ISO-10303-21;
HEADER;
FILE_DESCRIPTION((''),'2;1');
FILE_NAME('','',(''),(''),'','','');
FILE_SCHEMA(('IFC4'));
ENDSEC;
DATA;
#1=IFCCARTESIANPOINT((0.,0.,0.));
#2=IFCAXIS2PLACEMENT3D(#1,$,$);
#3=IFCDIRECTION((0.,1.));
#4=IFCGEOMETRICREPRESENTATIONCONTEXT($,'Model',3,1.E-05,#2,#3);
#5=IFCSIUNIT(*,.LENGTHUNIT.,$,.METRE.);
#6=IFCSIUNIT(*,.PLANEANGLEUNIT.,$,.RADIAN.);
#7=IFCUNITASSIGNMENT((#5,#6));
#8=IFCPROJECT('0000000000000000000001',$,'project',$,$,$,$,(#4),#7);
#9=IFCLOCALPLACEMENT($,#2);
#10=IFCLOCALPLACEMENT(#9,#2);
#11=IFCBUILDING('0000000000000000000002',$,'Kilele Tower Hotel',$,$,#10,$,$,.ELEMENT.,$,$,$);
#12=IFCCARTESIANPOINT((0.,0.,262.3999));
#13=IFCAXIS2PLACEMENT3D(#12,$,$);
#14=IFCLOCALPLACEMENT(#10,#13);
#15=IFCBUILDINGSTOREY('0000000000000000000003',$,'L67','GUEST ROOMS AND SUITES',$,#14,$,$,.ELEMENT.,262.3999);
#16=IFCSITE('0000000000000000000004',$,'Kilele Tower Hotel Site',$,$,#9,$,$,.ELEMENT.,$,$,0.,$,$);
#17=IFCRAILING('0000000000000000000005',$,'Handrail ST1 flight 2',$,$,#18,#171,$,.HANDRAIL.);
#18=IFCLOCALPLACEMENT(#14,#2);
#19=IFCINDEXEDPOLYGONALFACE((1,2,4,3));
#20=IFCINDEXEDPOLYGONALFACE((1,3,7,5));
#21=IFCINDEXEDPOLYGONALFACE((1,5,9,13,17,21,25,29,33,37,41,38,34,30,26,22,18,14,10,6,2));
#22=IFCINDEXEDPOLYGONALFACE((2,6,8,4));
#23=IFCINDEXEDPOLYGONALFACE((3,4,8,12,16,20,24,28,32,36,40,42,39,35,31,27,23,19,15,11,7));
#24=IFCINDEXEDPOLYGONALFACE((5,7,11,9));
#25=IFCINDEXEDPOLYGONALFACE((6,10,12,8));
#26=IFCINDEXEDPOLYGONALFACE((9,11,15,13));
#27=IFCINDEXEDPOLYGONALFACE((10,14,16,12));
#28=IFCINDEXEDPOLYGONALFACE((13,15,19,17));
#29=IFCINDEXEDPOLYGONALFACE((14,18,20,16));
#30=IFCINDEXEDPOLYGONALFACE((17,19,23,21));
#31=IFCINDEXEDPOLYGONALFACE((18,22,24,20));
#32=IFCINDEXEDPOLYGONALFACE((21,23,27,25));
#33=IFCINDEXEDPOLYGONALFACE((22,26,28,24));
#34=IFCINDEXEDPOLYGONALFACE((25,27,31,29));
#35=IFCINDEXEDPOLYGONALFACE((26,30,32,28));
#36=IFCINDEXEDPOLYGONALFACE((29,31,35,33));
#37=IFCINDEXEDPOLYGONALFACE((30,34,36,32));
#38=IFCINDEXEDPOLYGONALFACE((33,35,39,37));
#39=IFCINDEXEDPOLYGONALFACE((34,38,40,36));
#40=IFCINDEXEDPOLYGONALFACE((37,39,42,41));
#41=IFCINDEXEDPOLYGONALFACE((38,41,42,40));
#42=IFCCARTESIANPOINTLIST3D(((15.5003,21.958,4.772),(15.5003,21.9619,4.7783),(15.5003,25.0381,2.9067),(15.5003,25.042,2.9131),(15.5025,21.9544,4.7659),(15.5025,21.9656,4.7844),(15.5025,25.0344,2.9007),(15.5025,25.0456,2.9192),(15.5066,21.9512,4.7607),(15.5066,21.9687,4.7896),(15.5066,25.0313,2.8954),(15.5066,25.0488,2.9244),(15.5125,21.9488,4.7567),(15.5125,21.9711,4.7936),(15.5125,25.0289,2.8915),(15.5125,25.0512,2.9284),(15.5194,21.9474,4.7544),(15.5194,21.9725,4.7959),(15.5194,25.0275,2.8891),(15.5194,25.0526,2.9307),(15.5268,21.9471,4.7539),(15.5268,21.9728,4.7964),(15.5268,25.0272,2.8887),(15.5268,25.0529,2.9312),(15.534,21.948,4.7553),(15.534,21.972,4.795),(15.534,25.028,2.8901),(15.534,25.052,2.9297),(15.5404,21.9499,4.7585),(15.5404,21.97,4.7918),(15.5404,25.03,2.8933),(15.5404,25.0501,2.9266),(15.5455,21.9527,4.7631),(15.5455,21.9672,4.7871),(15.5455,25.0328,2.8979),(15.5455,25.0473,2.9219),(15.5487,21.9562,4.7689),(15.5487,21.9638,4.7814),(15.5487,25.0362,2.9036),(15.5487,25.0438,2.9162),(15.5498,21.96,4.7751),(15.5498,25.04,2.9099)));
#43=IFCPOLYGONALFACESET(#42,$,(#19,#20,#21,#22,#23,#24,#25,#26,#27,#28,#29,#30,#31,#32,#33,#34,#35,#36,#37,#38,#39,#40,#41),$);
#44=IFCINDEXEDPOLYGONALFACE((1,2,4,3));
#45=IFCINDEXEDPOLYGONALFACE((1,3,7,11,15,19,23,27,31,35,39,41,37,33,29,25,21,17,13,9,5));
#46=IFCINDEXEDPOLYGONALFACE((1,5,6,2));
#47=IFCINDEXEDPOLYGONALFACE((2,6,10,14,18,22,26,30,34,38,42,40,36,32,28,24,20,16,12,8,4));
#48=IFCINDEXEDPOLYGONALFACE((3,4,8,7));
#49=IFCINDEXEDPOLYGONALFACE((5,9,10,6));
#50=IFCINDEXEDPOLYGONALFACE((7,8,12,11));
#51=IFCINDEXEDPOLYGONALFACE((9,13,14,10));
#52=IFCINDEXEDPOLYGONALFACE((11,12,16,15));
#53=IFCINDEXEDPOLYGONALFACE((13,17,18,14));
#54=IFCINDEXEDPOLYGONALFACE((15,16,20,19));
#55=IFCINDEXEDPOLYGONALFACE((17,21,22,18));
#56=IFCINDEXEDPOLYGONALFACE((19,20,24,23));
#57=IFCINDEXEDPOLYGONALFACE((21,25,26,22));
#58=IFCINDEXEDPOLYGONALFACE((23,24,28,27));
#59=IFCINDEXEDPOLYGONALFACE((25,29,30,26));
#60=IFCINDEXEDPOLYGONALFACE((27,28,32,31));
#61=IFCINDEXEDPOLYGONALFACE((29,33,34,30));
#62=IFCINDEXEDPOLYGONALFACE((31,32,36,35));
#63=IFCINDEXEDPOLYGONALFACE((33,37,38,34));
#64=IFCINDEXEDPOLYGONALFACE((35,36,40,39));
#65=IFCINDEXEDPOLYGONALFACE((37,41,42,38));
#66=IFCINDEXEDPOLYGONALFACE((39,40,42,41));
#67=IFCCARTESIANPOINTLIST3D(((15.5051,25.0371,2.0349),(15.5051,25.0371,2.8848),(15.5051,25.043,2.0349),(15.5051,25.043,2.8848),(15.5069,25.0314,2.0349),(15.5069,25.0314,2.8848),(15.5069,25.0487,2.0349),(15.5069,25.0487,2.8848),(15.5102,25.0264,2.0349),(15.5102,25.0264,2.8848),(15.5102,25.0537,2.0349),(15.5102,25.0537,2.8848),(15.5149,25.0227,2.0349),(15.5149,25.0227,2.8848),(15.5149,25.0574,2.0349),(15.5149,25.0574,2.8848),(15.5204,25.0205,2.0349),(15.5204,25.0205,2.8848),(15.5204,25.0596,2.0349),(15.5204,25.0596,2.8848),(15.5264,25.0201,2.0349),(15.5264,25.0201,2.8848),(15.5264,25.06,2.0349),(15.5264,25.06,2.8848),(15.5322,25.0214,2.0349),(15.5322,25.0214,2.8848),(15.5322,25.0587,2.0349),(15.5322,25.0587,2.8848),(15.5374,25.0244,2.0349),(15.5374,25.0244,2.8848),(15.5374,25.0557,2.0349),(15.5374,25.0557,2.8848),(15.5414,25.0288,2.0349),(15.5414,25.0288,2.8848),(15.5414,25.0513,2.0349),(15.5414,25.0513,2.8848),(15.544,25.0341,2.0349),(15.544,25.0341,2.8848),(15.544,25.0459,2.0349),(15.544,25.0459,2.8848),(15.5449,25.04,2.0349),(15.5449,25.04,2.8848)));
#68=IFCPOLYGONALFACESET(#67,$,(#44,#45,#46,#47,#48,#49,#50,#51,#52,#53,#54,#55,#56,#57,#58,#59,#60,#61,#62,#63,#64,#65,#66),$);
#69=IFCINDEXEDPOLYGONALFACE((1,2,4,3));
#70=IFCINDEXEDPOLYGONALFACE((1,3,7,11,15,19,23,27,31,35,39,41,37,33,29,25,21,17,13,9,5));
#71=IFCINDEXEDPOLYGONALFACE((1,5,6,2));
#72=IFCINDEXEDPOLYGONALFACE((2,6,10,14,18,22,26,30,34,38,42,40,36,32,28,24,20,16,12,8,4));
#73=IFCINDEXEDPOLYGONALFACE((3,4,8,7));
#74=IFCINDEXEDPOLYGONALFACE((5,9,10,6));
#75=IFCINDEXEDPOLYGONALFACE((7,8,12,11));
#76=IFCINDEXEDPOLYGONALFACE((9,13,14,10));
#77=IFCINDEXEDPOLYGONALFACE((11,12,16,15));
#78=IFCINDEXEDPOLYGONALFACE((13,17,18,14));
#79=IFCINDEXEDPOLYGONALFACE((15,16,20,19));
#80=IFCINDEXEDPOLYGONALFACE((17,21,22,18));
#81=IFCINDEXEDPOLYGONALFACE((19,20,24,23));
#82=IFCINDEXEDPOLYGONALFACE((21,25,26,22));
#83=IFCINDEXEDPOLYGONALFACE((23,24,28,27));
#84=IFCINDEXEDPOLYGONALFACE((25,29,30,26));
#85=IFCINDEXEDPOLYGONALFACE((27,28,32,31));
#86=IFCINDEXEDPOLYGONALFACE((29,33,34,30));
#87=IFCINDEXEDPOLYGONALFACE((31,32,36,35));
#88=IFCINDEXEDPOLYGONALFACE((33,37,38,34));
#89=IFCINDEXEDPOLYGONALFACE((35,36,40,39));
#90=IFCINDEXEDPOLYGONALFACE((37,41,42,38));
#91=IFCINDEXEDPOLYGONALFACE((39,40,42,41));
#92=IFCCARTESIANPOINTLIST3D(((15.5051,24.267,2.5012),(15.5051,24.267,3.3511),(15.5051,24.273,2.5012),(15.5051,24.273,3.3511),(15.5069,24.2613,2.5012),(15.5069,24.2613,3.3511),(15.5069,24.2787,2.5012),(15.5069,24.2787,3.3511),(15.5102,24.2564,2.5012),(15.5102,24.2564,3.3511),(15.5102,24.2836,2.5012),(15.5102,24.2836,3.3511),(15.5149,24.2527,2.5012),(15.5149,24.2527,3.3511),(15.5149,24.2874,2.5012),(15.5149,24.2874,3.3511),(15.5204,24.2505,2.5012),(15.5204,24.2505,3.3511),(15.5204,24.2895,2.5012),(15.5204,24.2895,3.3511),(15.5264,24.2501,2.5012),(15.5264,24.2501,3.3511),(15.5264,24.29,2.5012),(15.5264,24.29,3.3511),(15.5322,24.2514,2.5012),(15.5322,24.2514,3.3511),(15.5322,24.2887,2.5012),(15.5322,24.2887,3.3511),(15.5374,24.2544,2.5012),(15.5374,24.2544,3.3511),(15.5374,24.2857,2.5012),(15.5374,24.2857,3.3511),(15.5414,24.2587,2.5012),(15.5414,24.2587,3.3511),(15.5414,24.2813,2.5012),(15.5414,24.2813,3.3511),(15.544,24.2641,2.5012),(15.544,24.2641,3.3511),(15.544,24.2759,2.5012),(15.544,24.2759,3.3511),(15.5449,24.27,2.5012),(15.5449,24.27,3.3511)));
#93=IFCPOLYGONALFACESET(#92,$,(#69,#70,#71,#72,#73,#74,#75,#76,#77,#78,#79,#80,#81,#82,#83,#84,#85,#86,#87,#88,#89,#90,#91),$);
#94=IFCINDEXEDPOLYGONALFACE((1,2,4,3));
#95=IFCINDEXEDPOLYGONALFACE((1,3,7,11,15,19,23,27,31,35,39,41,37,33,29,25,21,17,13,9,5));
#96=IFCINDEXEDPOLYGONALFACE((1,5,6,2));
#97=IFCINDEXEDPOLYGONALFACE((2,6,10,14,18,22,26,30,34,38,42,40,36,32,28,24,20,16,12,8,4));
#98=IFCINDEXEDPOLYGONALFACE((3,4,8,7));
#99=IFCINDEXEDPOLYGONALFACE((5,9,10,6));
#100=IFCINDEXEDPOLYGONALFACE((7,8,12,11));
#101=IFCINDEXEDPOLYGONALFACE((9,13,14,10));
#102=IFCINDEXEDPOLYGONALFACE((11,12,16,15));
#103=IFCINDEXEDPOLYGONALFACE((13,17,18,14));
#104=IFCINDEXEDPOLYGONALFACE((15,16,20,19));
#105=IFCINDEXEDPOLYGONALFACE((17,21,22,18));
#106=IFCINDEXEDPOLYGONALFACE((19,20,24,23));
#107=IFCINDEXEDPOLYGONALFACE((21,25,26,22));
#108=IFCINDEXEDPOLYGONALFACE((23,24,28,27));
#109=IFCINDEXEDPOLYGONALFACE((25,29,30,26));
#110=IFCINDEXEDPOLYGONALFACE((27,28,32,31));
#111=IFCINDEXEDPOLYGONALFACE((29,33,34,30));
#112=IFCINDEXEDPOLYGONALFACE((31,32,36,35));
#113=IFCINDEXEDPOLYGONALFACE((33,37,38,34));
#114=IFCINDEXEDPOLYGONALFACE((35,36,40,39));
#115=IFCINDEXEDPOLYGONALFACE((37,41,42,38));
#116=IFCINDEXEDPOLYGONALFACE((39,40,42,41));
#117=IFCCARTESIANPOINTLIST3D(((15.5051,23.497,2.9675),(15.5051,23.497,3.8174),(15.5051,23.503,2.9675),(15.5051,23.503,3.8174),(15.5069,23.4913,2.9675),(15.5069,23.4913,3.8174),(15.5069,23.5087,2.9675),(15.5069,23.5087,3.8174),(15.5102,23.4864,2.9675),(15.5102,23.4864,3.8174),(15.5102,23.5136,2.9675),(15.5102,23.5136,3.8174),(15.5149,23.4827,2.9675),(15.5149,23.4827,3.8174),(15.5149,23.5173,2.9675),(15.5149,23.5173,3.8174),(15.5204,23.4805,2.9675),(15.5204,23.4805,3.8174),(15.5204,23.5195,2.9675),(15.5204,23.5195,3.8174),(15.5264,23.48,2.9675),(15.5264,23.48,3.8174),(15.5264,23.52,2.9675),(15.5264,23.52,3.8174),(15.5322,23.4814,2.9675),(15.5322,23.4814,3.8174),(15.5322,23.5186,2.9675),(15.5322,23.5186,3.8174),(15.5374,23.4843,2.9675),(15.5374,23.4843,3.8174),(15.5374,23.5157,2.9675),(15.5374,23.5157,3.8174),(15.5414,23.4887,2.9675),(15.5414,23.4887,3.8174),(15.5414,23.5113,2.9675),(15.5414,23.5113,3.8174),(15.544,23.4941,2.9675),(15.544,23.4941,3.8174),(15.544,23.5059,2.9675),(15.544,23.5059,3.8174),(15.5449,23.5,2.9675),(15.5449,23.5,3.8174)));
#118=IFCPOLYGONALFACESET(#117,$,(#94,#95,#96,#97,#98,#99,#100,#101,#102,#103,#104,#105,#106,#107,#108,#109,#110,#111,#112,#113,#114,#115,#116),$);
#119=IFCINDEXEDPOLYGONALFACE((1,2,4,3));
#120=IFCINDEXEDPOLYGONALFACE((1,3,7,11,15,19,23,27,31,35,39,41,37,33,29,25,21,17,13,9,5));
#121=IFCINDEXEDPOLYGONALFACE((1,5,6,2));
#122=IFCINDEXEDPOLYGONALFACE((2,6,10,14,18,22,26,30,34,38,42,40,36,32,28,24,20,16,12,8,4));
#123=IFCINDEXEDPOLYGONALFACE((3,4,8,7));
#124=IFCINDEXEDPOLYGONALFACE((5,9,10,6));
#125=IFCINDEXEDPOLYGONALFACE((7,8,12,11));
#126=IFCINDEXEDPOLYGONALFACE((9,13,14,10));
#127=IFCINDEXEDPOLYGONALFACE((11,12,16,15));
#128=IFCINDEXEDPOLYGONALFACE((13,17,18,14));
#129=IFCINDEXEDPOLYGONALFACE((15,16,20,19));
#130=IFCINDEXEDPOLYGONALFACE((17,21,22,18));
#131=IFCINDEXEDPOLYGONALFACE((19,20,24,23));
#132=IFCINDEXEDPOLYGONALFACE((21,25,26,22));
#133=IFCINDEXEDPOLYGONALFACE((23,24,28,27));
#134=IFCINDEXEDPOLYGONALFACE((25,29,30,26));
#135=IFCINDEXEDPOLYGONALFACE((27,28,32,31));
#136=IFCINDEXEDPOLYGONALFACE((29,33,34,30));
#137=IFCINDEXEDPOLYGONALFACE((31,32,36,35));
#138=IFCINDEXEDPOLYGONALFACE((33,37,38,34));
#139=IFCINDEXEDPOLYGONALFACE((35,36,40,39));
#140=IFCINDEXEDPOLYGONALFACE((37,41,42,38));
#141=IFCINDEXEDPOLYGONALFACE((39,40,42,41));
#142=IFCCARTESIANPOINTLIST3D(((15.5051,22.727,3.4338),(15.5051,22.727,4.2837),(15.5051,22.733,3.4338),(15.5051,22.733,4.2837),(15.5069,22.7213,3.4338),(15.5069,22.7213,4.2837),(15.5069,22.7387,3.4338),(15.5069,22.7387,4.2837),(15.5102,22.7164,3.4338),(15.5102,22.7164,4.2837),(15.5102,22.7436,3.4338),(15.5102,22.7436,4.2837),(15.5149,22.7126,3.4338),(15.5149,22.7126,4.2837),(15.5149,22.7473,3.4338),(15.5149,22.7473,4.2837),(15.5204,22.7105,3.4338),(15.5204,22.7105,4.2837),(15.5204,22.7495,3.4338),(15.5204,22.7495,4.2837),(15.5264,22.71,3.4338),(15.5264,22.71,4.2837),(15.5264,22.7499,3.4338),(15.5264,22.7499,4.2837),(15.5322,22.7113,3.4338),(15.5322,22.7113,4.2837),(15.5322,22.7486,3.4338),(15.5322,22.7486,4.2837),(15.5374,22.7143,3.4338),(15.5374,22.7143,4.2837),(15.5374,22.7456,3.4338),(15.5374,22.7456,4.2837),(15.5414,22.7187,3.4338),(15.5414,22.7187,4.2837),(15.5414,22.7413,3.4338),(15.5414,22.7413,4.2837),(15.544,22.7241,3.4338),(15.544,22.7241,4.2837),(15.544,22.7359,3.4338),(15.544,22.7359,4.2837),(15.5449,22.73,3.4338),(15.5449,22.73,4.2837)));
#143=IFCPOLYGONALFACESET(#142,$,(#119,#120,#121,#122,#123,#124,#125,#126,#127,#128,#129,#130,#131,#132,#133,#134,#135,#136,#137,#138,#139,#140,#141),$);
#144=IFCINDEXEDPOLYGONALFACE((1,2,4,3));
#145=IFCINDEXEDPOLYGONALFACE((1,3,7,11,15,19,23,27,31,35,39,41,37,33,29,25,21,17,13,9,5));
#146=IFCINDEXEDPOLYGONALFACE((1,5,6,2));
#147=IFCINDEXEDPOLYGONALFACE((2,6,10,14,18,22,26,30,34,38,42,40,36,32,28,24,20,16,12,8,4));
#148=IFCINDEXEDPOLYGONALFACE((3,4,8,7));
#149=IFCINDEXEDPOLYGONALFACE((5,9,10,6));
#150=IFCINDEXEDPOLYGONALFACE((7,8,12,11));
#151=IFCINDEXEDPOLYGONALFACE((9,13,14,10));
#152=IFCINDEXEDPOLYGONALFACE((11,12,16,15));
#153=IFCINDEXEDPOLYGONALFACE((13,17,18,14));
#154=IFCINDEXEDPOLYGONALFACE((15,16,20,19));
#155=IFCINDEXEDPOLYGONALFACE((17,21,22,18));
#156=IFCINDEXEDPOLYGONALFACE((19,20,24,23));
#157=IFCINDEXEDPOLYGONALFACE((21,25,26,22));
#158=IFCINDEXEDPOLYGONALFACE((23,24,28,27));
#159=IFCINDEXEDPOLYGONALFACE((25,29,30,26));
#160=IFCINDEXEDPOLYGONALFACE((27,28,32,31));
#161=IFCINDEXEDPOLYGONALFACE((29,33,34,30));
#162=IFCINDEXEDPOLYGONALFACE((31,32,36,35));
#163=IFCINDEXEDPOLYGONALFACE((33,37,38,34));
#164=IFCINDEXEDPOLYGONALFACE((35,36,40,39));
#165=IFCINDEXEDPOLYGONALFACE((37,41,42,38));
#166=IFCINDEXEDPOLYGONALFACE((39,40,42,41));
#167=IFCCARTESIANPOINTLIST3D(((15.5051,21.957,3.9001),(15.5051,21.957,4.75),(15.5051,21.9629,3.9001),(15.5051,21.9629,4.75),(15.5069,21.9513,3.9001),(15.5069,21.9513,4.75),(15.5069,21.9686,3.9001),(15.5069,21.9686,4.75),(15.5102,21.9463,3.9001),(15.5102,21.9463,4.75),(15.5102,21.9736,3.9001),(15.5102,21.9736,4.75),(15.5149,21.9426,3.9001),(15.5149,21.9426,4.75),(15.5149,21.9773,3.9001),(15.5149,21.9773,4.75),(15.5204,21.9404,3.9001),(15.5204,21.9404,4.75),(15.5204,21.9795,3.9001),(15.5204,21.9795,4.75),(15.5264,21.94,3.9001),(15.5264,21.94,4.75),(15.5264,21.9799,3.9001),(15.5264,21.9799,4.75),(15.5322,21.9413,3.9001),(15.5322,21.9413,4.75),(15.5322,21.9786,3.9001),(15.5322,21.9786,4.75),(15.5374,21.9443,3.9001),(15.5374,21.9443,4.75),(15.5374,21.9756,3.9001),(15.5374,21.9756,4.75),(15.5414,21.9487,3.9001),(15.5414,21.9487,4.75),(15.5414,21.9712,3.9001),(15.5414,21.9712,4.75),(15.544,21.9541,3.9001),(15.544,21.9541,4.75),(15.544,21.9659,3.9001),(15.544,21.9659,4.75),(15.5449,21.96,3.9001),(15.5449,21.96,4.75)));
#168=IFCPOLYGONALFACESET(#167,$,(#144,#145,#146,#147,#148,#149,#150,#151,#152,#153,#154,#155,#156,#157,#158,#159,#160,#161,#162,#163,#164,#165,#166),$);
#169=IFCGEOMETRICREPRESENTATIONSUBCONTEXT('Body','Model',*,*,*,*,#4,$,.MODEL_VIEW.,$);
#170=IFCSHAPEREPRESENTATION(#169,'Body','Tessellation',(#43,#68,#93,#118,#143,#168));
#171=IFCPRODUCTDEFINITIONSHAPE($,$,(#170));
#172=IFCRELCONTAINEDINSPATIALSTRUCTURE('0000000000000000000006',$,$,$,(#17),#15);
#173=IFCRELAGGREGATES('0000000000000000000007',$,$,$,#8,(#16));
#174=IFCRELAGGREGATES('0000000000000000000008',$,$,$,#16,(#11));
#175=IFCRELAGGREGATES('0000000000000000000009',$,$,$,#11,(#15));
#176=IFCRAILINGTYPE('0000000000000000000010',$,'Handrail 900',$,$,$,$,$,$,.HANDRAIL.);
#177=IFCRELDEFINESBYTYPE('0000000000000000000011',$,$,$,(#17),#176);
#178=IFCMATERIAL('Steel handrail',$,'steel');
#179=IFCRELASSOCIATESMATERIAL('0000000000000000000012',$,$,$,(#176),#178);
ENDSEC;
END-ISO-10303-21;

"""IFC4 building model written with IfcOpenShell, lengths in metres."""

from ifc_helpers import new_model, si_unit, direction, frame, origin, origin_2d, place, context, subcontext, project, spatial, circle, extrude, material, type_object, element, save


model = new_model("IFC4")

# Units and contexts
model_context = context("Model", 3, precision=1e-05, world=origin(), true_north=direction((0.0, 1.0)))
body_context = subcontext(model_context, "Body", "Model", "MODEL_VIEW")
ifc_project = project(units=[si_unit("LENGTHUNIT", "METRE"), si_unit("PLANEANGLEUNIT", "RADIAN")], contexts=[model_context])

# Site, building, storey
site_placement = place(None, origin())
site = spatial("IfcSite", under=ifc_project, at=site_placement, Name="Kilele Tower Hotel Site", CompositionType="ELEMENT", RefElevation=0.0)
building_placement = place(site_placement, origin())
building = spatial("IfcBuilding", under=site, at=building_placement, Name="Kilele Tower Hotel", CompositionType="ELEMENT")
storey_placement = place(building_placement, frame((0.0, 0.0, 262.3999)))
storey = spatial("IfcBuildingStorey", under=building, at=storey_placement, Name="L67", Description="GUEST ROOMS AND SUITES", CompositionType="ELEMENT", Elevation=262.3999)

# Railing
ifc_material_1 = material(Name="Steel handrail", Category="steel")
railing_type_1 = type_object("IfcRailingType", Name="Handrail 900", PredefinedType="HANDRAIL", material=ifc_material_1)
for number, where, name in (
    (1, (15.5249, 25.04, 2.0349), "Handrail ST1 flight 2"),
):
    element("IfcRailing", number, at=place(storey_placement, frame(where)), inside=storey, type_object=railing_type_1, Name=name, PredefinedType="HANDRAIL", context=body_context, shape_type="SweptSolid", body=[
        extrude(circle(Radius=0.0249, at=origin_2d()), frame((0.0, 0.0, 0.875), z_axis=(0.0, -0.85538, 0.518001), x_axis=(1.0, 0.0, 0.0)), (0.0, 0.0, 1.0), 3.6008),
        extrude(circle(Radius=0.02, at=origin_2d()), origin(), (0.0, 0.0, 1.0), 0.8499),
        extrude(circle(Radius=0.02, at=origin_2d()), frame((0.0, -0.77, 0.4663)), (0.0, 0.0, 1.0), 0.8499),
        extrude(circle(Radius=0.02, at=origin_2d()), frame((0.0, -1.54, 0.9326)), (0.0, 0.0, 1.0), 0.8499),
        extrude(circle(Radius=0.02, at=origin_2d()), frame((0.0, -2.3101, 1.3989)), (0.0, 0.0, 1.0), 0.8499),
        extrude(circle(Radius=0.02, at=origin_2d()), frame((0.0, -3.0801, 1.8652)), (0.0, 0.0, 1.0), 0.8499),
    ])

save(model, "model.ifc")
